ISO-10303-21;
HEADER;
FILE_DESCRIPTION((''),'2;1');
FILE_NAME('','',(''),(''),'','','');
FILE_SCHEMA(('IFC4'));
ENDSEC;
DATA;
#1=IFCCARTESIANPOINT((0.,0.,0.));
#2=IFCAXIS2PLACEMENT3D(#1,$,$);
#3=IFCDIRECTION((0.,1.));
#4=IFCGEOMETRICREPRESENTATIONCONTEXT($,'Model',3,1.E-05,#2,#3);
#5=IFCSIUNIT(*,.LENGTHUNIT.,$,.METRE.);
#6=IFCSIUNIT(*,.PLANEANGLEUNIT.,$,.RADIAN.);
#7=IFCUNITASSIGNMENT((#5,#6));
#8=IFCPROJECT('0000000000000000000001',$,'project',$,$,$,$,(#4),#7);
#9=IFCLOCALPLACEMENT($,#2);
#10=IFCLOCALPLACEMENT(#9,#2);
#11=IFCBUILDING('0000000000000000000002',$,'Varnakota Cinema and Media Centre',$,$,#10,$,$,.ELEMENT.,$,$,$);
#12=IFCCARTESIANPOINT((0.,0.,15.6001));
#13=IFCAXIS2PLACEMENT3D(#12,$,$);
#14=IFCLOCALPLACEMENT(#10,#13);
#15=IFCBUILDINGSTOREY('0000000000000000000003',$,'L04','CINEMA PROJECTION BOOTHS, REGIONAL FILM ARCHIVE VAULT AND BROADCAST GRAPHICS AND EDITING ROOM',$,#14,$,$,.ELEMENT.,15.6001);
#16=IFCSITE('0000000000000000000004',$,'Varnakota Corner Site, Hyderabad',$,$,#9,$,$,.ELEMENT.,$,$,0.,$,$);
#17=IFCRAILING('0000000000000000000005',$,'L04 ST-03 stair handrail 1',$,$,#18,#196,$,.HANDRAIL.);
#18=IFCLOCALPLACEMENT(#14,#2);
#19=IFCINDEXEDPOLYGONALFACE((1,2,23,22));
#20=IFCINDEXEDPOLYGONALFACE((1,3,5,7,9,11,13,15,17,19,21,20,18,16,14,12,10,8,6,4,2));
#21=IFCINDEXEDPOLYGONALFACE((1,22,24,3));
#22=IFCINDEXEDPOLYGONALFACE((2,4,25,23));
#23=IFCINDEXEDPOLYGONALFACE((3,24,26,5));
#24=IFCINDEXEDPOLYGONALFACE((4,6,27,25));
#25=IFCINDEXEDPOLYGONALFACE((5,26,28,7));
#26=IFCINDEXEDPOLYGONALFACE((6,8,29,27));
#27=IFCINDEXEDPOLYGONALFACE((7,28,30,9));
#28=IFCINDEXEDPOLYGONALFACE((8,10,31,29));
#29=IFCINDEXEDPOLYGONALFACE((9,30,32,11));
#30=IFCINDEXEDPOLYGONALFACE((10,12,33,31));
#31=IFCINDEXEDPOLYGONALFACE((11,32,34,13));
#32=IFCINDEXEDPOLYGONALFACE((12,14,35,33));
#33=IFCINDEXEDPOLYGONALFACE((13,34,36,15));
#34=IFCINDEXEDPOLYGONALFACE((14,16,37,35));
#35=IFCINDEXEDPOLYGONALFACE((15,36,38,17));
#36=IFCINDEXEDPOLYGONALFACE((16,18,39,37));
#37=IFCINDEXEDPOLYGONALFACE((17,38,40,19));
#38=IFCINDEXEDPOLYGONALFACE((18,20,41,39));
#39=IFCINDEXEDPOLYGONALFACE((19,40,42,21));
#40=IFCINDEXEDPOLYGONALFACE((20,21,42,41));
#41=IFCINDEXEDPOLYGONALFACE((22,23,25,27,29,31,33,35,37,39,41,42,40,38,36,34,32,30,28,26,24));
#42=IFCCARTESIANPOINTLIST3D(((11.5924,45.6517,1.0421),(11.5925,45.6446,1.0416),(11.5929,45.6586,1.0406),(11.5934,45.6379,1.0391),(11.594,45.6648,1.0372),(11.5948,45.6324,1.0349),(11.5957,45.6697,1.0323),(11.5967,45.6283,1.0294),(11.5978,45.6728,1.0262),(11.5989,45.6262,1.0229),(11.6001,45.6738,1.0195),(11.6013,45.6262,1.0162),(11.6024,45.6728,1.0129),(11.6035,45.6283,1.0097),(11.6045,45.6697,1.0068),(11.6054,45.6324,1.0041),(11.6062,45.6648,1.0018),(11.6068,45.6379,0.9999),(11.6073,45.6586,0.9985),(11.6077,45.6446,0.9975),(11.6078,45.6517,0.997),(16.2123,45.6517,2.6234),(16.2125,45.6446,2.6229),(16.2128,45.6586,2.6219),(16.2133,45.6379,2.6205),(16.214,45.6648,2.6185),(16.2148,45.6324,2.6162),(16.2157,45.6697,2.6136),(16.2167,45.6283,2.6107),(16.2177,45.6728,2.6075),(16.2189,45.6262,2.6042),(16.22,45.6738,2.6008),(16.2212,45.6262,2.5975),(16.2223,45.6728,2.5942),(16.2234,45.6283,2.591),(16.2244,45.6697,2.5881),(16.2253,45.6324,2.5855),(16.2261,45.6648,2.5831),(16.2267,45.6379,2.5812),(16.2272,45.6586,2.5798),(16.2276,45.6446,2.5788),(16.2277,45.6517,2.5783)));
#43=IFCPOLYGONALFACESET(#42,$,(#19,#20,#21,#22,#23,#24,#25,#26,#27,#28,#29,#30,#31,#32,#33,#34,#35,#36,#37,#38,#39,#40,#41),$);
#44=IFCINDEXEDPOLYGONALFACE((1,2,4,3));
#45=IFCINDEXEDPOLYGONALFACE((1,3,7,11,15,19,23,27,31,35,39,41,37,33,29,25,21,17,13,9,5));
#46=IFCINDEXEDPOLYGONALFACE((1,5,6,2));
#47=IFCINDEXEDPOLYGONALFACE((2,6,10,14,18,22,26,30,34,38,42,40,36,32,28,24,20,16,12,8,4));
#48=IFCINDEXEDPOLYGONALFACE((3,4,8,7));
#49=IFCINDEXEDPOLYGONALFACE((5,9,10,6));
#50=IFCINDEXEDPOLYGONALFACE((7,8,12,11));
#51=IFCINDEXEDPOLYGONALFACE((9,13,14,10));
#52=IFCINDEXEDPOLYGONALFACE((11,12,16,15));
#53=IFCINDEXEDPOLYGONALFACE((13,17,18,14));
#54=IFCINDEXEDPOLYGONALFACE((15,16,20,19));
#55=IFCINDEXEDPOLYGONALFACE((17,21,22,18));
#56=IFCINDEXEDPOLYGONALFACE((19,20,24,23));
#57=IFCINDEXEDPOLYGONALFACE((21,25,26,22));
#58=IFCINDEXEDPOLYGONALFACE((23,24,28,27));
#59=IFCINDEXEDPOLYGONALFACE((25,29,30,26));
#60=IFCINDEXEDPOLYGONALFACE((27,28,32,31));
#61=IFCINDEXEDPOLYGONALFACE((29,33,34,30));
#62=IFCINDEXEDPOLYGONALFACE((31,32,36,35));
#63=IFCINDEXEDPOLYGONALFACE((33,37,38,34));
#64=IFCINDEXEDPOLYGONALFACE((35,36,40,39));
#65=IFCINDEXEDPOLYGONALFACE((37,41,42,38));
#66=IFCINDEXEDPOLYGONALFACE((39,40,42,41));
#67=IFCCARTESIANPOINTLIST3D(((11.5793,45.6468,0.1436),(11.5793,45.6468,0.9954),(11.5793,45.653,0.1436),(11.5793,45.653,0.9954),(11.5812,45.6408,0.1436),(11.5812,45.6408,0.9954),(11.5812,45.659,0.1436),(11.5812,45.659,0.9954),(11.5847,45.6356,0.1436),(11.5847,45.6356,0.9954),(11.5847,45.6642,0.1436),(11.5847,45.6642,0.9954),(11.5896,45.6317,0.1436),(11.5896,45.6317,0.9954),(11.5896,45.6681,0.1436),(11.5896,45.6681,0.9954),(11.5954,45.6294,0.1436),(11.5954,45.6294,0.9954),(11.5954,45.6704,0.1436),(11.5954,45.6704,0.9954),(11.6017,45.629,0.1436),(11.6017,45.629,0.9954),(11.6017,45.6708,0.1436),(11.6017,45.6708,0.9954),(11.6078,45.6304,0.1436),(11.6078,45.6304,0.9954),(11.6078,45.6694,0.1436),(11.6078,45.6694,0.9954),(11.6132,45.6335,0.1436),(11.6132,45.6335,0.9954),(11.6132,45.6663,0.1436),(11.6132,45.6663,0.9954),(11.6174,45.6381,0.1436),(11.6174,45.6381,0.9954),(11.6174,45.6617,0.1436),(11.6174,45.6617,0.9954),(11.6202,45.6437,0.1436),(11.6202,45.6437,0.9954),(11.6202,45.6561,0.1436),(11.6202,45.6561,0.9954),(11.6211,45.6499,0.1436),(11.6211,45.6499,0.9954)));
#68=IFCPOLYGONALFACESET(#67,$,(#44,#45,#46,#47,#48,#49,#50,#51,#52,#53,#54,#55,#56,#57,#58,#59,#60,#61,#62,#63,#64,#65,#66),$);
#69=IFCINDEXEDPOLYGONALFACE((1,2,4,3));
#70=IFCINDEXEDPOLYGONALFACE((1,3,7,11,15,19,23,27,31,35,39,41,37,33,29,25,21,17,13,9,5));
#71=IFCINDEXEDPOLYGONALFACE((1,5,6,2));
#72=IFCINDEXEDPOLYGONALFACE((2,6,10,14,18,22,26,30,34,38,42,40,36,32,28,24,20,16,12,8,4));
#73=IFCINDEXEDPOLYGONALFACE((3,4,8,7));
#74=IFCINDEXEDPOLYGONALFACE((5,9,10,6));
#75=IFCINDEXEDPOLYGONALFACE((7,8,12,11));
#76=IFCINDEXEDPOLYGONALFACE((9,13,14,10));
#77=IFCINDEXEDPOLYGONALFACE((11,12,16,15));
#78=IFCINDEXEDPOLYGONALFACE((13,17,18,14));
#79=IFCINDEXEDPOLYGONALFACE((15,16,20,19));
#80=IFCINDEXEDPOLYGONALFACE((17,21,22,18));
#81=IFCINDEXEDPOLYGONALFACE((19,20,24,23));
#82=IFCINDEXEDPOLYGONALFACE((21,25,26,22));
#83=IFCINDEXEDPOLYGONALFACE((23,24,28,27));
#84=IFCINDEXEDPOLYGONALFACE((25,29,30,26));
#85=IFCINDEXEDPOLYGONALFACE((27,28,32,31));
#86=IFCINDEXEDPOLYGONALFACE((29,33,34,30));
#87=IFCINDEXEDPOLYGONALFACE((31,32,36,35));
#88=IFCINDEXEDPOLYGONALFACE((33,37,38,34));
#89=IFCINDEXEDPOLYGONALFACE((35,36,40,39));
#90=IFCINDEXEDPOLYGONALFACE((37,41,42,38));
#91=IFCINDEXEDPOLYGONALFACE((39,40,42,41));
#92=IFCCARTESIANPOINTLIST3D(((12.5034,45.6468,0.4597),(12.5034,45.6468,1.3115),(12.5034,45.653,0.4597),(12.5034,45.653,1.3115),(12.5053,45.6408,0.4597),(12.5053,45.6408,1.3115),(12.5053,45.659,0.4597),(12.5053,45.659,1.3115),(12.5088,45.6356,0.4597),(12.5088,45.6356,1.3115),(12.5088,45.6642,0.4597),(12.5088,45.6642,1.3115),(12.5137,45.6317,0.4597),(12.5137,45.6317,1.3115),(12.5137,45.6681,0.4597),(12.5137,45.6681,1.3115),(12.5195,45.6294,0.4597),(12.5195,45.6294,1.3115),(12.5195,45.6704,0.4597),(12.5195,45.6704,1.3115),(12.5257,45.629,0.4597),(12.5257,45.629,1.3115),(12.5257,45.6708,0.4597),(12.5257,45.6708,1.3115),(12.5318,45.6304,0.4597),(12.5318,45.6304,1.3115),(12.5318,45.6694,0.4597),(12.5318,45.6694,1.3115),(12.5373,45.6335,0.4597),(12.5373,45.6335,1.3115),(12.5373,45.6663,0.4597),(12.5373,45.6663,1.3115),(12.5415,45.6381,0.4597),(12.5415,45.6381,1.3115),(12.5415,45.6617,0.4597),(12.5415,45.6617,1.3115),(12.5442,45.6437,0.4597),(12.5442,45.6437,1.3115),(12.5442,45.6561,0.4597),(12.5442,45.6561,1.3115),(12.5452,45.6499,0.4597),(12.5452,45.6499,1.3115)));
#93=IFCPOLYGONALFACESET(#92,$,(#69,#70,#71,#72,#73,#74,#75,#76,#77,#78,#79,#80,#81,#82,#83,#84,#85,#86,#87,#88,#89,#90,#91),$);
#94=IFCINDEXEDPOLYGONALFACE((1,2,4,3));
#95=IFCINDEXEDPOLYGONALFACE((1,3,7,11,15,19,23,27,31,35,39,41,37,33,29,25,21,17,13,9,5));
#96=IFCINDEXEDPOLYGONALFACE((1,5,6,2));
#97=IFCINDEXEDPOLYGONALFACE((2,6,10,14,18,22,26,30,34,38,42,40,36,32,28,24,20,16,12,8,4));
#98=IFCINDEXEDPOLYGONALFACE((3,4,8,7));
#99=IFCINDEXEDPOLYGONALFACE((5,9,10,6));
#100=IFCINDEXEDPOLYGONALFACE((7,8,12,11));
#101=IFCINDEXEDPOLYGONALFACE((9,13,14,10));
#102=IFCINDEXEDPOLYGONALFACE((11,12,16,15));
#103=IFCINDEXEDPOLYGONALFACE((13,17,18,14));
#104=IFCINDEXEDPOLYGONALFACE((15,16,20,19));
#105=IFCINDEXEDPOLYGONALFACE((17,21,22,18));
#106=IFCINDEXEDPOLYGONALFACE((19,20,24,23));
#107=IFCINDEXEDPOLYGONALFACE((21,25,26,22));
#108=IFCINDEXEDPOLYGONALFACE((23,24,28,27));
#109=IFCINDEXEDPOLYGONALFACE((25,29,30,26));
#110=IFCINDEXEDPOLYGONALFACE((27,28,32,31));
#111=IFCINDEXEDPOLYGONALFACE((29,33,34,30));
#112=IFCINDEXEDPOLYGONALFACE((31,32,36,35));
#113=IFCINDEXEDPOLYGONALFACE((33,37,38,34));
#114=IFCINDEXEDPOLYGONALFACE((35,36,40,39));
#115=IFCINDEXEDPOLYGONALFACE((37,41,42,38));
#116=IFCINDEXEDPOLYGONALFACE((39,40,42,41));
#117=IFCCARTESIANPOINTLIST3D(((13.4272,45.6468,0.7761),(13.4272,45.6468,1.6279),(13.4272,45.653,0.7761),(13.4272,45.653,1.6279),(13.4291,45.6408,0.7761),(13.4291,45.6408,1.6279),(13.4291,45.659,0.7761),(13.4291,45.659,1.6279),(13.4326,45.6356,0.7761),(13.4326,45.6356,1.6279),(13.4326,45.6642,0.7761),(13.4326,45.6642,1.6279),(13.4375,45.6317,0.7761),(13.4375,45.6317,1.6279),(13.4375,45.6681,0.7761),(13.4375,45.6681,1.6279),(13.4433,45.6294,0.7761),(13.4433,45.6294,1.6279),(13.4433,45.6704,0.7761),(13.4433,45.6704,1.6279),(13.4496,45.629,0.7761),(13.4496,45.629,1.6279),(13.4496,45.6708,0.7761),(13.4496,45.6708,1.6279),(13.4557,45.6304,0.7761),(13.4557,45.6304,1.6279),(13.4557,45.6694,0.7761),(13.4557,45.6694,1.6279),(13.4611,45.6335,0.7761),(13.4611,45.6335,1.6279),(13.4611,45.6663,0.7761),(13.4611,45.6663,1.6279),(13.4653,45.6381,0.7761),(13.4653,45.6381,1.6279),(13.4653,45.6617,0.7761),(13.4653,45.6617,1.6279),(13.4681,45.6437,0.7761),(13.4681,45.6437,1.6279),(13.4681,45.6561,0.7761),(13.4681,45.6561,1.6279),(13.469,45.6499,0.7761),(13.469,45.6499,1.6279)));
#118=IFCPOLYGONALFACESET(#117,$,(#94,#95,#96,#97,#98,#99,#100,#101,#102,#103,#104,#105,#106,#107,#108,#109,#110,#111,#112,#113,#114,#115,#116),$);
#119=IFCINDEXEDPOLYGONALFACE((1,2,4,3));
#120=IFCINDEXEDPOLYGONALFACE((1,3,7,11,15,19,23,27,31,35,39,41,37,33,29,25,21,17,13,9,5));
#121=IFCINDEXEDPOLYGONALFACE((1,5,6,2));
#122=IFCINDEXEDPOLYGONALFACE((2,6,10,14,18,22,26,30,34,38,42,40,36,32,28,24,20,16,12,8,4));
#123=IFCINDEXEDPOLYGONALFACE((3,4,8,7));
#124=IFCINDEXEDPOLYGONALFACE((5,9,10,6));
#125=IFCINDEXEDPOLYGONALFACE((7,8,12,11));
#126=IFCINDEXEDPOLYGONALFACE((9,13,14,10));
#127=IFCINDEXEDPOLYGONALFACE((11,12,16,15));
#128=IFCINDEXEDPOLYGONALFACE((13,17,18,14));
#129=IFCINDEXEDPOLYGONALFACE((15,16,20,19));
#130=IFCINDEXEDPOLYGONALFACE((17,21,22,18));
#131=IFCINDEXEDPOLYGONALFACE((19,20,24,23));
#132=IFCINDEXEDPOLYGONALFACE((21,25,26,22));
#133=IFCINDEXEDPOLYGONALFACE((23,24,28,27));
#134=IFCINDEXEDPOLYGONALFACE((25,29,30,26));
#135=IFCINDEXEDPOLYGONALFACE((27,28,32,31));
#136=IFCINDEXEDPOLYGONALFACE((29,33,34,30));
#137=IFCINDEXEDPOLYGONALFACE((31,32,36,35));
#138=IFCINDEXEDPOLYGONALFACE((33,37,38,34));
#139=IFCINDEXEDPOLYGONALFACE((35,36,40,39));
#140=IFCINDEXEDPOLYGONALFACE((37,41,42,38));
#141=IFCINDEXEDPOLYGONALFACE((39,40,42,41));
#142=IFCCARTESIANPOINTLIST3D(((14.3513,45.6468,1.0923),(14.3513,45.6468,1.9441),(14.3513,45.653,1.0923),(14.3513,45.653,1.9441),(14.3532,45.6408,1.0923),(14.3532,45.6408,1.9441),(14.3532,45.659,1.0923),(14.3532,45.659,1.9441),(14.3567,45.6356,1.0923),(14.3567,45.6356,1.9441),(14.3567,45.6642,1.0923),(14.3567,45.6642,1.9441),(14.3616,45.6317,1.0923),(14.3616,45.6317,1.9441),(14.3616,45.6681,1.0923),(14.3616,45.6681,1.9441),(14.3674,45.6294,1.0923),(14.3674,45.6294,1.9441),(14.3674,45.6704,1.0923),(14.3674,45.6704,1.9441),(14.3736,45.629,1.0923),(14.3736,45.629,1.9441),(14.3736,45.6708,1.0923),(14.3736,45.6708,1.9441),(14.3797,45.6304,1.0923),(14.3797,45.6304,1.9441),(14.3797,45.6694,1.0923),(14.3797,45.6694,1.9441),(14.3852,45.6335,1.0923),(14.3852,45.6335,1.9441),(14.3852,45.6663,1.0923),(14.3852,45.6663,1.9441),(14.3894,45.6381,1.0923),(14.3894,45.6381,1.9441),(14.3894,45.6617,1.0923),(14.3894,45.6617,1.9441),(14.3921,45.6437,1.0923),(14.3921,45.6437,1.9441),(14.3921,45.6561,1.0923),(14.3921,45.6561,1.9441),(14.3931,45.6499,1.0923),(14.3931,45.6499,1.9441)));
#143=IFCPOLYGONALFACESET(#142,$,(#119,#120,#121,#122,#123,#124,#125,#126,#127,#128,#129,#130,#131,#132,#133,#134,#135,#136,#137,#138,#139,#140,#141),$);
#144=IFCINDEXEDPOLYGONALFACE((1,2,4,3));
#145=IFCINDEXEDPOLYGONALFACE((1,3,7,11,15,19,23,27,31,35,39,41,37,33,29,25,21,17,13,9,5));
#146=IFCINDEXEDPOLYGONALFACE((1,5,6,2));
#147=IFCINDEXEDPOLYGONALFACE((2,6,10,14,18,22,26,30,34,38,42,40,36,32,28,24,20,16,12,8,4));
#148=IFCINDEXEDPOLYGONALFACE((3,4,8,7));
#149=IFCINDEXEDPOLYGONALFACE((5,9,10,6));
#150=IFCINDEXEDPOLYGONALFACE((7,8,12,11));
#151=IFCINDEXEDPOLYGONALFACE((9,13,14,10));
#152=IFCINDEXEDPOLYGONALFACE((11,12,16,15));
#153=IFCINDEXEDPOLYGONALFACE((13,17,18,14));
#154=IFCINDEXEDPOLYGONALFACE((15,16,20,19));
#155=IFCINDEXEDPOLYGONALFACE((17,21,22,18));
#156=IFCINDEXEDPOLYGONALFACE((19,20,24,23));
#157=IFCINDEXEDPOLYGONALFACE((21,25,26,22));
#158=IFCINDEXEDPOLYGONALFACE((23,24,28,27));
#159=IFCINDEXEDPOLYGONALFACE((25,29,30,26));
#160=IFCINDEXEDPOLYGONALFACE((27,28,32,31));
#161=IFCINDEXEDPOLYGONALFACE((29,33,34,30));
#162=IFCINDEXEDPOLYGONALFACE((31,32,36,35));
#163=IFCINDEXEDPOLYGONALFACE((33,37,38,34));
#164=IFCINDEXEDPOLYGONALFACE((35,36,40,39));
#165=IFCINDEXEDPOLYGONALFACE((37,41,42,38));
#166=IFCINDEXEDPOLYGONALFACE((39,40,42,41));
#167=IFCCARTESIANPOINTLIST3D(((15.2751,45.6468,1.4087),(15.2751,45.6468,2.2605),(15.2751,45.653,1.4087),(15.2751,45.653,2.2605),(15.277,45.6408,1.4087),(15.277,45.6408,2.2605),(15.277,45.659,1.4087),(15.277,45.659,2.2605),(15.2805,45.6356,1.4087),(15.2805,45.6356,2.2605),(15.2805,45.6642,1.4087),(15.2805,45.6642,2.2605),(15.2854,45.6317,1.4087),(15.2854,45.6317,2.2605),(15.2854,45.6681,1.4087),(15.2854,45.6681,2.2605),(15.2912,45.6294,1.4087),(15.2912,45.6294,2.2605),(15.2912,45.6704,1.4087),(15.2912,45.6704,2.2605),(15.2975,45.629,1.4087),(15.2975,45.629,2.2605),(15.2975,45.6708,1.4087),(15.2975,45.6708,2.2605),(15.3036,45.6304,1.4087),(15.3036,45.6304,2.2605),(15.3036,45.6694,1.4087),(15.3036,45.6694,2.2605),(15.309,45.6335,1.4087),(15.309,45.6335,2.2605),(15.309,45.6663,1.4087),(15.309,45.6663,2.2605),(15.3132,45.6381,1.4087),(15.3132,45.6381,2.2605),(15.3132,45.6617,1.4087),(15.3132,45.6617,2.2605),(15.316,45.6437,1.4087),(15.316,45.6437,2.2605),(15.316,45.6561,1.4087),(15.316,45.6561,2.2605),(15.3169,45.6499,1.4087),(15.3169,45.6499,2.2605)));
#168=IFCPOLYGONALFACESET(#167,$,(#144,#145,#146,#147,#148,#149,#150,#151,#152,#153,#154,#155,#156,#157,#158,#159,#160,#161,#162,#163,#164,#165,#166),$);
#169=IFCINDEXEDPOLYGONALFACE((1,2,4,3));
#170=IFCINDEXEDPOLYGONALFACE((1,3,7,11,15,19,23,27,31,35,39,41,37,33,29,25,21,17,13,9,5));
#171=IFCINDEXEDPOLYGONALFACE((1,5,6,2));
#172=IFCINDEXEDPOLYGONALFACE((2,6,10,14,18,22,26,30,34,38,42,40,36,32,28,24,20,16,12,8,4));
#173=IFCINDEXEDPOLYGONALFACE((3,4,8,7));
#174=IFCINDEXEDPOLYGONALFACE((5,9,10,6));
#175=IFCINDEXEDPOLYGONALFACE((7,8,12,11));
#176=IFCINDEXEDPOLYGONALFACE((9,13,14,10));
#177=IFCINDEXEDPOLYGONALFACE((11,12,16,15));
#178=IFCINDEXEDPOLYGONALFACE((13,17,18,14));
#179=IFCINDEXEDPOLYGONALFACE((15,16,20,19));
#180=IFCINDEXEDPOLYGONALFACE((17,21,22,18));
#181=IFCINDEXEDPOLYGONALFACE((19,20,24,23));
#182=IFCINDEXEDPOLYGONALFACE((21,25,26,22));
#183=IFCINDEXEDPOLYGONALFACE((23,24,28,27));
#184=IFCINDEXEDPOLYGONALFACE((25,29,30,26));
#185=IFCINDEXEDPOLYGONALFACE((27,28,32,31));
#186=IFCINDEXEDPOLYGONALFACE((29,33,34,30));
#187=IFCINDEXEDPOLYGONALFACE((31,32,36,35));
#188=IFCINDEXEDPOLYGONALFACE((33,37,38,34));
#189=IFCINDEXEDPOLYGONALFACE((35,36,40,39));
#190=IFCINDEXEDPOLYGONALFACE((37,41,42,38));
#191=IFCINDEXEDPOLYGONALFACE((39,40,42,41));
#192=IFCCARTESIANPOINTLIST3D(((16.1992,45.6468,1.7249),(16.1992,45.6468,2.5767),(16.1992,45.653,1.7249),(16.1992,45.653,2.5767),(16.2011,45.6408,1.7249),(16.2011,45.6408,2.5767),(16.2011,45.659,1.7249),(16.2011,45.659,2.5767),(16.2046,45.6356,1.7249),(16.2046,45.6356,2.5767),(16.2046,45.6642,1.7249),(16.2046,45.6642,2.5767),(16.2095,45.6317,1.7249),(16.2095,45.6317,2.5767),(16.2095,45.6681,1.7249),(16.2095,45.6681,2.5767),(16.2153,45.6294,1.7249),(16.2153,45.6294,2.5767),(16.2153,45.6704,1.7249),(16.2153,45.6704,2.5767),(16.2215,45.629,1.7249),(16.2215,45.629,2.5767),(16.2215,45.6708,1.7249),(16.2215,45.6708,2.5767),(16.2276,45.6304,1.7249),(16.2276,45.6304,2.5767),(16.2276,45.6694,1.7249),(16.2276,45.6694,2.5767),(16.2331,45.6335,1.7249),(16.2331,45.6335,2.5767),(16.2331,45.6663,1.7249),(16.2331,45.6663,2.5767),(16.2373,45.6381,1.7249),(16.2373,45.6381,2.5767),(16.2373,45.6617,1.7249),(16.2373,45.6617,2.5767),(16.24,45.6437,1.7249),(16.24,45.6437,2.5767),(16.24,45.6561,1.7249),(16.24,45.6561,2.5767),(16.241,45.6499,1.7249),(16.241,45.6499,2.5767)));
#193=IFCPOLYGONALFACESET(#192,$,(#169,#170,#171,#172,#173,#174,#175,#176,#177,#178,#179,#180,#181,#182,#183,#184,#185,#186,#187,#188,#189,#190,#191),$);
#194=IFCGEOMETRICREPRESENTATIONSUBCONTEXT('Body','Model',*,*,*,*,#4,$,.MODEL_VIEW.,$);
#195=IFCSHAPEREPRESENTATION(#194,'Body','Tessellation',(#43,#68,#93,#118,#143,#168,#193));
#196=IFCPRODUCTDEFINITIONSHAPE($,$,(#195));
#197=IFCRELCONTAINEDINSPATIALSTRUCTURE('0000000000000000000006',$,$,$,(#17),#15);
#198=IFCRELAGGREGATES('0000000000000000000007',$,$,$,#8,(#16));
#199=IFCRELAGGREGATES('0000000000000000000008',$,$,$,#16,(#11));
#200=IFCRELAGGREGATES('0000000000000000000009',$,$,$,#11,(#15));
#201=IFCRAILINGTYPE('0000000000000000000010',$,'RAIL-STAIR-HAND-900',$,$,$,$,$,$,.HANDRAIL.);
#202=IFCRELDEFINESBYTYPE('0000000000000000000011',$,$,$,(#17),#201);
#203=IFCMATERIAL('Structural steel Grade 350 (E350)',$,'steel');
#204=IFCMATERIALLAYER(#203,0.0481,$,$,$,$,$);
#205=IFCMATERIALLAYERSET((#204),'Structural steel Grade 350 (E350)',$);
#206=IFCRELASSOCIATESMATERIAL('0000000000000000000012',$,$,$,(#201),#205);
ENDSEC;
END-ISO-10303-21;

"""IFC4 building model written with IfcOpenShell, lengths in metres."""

from ifc_helpers import new_model, si_unit, direction, frame, origin, origin_2d, place, context, subcontext, project, spatial, circle, extrude, material, layer, layer_set, type_object, element, save


model = new_model("IFC4")

# Units and contexts
model_context = context("Model", 3, precision=1e-05, world=origin(), true_north=direction((0.0, 1.0)))
body_context = subcontext(model_context, "Body", "Model", "MODEL_VIEW")
ifc_project = project(units=[si_unit("LENGTHUNIT", "METRE"), si_unit("PLANEANGLEUNIT", "RADIAN")], contexts=[model_context])

# Site, building, storey
site_placement = place(None, origin())
site = spatial("IfcSite", under=ifc_project, at=site_placement, Name="Varnakota Corner Site, Hyderabad", CompositionType="ELEMENT", RefElevation=0.0)
building_placement = place(site_placement, origin())
building = spatial("IfcBuilding", under=site, at=building_placement, Name="Varnakota Cinema and Media Centre", CompositionType="ELEMENT")
storey_placement = place(building_placement, frame((0.0, 0.0, 15.6001)))
storey = spatial("IfcBuildingStorey", under=building, at=storey_placement, Name="L04", Description="CINEMA PROJECTION BOOTHS, REGIONAL FILM ARCHIVE VAULT AND BROADCAST GRAPHICS AND EDITING ROOM", CompositionType="ELEMENT", Elevation=15.6001)

# Railing
ifc_material_1 = material(Name="Structural steel Grade 350 (E350)", Category="steel")
ifc_layer_1 = layer(ifc_material_1, 0.0481)
ifc_layer_set_1 = layer_set([ifc_layer_1], Name="Structural steel Grade 350 (E350)")
railing_type = type_object("IfcRailingType", Name="RAIL-STAIR-HAND-900", PredefinedType="HANDRAIL", material=ifc_layer_set_1)
railing_placement = place(storey_placement, frame((11.6001, 45.6499, 0.1436)))
element("IfcRailing", 1, at=railing_placement, inside=storey, type_object=railing_type, Name="L04 ST-03 stair handrail 1", PredefinedType="HANDRAIL", context=body_context, shape_type="SweptSolid", body=[
    extrude(circle(Radius=0.0239, at=origin_2d()), frame((0.0, 0.0, 0.876), z_axis=(0.946113, 0.0, 0.323837), x_axis=(0.0, 1.0, 0.0)), (0.0, 0.0, 1.0), 4.8831),
    extrude(circle(Radius=0.021, at=origin_2d()), origin(), (0.0, 0.0, 1.0), 0.8518),
    extrude(circle(Radius=0.021, at=origin_2d()), frame((0.9241, 0.0, 0.3162)), (0.0, 0.0, 1.0), 0.8518),
    extrude(circle(Radius=0.021, at=origin_2d()), frame((1.8479, 0.0, 0.6326)), (0.0, 0.0, 1.0), 0.8518),
    extrude(circle(Radius=0.021, at=origin_2d()), frame((2.772, 0.0, 0.9487)), (0.0, 0.0, 1.0), 0.8518),
    extrude(circle(Radius=0.021, at=origin_2d()), frame((3.6958, 0.0, 1.2651)), (0.0, 0.0, 1.0), 0.8518),
    extrude(circle(Radius=0.021, at=origin_2d()), frame((4.6199, 0.0, 1.5813)), (0.0, 0.0, 1.0), 0.8518),
])

save(model, "model.ifc")
